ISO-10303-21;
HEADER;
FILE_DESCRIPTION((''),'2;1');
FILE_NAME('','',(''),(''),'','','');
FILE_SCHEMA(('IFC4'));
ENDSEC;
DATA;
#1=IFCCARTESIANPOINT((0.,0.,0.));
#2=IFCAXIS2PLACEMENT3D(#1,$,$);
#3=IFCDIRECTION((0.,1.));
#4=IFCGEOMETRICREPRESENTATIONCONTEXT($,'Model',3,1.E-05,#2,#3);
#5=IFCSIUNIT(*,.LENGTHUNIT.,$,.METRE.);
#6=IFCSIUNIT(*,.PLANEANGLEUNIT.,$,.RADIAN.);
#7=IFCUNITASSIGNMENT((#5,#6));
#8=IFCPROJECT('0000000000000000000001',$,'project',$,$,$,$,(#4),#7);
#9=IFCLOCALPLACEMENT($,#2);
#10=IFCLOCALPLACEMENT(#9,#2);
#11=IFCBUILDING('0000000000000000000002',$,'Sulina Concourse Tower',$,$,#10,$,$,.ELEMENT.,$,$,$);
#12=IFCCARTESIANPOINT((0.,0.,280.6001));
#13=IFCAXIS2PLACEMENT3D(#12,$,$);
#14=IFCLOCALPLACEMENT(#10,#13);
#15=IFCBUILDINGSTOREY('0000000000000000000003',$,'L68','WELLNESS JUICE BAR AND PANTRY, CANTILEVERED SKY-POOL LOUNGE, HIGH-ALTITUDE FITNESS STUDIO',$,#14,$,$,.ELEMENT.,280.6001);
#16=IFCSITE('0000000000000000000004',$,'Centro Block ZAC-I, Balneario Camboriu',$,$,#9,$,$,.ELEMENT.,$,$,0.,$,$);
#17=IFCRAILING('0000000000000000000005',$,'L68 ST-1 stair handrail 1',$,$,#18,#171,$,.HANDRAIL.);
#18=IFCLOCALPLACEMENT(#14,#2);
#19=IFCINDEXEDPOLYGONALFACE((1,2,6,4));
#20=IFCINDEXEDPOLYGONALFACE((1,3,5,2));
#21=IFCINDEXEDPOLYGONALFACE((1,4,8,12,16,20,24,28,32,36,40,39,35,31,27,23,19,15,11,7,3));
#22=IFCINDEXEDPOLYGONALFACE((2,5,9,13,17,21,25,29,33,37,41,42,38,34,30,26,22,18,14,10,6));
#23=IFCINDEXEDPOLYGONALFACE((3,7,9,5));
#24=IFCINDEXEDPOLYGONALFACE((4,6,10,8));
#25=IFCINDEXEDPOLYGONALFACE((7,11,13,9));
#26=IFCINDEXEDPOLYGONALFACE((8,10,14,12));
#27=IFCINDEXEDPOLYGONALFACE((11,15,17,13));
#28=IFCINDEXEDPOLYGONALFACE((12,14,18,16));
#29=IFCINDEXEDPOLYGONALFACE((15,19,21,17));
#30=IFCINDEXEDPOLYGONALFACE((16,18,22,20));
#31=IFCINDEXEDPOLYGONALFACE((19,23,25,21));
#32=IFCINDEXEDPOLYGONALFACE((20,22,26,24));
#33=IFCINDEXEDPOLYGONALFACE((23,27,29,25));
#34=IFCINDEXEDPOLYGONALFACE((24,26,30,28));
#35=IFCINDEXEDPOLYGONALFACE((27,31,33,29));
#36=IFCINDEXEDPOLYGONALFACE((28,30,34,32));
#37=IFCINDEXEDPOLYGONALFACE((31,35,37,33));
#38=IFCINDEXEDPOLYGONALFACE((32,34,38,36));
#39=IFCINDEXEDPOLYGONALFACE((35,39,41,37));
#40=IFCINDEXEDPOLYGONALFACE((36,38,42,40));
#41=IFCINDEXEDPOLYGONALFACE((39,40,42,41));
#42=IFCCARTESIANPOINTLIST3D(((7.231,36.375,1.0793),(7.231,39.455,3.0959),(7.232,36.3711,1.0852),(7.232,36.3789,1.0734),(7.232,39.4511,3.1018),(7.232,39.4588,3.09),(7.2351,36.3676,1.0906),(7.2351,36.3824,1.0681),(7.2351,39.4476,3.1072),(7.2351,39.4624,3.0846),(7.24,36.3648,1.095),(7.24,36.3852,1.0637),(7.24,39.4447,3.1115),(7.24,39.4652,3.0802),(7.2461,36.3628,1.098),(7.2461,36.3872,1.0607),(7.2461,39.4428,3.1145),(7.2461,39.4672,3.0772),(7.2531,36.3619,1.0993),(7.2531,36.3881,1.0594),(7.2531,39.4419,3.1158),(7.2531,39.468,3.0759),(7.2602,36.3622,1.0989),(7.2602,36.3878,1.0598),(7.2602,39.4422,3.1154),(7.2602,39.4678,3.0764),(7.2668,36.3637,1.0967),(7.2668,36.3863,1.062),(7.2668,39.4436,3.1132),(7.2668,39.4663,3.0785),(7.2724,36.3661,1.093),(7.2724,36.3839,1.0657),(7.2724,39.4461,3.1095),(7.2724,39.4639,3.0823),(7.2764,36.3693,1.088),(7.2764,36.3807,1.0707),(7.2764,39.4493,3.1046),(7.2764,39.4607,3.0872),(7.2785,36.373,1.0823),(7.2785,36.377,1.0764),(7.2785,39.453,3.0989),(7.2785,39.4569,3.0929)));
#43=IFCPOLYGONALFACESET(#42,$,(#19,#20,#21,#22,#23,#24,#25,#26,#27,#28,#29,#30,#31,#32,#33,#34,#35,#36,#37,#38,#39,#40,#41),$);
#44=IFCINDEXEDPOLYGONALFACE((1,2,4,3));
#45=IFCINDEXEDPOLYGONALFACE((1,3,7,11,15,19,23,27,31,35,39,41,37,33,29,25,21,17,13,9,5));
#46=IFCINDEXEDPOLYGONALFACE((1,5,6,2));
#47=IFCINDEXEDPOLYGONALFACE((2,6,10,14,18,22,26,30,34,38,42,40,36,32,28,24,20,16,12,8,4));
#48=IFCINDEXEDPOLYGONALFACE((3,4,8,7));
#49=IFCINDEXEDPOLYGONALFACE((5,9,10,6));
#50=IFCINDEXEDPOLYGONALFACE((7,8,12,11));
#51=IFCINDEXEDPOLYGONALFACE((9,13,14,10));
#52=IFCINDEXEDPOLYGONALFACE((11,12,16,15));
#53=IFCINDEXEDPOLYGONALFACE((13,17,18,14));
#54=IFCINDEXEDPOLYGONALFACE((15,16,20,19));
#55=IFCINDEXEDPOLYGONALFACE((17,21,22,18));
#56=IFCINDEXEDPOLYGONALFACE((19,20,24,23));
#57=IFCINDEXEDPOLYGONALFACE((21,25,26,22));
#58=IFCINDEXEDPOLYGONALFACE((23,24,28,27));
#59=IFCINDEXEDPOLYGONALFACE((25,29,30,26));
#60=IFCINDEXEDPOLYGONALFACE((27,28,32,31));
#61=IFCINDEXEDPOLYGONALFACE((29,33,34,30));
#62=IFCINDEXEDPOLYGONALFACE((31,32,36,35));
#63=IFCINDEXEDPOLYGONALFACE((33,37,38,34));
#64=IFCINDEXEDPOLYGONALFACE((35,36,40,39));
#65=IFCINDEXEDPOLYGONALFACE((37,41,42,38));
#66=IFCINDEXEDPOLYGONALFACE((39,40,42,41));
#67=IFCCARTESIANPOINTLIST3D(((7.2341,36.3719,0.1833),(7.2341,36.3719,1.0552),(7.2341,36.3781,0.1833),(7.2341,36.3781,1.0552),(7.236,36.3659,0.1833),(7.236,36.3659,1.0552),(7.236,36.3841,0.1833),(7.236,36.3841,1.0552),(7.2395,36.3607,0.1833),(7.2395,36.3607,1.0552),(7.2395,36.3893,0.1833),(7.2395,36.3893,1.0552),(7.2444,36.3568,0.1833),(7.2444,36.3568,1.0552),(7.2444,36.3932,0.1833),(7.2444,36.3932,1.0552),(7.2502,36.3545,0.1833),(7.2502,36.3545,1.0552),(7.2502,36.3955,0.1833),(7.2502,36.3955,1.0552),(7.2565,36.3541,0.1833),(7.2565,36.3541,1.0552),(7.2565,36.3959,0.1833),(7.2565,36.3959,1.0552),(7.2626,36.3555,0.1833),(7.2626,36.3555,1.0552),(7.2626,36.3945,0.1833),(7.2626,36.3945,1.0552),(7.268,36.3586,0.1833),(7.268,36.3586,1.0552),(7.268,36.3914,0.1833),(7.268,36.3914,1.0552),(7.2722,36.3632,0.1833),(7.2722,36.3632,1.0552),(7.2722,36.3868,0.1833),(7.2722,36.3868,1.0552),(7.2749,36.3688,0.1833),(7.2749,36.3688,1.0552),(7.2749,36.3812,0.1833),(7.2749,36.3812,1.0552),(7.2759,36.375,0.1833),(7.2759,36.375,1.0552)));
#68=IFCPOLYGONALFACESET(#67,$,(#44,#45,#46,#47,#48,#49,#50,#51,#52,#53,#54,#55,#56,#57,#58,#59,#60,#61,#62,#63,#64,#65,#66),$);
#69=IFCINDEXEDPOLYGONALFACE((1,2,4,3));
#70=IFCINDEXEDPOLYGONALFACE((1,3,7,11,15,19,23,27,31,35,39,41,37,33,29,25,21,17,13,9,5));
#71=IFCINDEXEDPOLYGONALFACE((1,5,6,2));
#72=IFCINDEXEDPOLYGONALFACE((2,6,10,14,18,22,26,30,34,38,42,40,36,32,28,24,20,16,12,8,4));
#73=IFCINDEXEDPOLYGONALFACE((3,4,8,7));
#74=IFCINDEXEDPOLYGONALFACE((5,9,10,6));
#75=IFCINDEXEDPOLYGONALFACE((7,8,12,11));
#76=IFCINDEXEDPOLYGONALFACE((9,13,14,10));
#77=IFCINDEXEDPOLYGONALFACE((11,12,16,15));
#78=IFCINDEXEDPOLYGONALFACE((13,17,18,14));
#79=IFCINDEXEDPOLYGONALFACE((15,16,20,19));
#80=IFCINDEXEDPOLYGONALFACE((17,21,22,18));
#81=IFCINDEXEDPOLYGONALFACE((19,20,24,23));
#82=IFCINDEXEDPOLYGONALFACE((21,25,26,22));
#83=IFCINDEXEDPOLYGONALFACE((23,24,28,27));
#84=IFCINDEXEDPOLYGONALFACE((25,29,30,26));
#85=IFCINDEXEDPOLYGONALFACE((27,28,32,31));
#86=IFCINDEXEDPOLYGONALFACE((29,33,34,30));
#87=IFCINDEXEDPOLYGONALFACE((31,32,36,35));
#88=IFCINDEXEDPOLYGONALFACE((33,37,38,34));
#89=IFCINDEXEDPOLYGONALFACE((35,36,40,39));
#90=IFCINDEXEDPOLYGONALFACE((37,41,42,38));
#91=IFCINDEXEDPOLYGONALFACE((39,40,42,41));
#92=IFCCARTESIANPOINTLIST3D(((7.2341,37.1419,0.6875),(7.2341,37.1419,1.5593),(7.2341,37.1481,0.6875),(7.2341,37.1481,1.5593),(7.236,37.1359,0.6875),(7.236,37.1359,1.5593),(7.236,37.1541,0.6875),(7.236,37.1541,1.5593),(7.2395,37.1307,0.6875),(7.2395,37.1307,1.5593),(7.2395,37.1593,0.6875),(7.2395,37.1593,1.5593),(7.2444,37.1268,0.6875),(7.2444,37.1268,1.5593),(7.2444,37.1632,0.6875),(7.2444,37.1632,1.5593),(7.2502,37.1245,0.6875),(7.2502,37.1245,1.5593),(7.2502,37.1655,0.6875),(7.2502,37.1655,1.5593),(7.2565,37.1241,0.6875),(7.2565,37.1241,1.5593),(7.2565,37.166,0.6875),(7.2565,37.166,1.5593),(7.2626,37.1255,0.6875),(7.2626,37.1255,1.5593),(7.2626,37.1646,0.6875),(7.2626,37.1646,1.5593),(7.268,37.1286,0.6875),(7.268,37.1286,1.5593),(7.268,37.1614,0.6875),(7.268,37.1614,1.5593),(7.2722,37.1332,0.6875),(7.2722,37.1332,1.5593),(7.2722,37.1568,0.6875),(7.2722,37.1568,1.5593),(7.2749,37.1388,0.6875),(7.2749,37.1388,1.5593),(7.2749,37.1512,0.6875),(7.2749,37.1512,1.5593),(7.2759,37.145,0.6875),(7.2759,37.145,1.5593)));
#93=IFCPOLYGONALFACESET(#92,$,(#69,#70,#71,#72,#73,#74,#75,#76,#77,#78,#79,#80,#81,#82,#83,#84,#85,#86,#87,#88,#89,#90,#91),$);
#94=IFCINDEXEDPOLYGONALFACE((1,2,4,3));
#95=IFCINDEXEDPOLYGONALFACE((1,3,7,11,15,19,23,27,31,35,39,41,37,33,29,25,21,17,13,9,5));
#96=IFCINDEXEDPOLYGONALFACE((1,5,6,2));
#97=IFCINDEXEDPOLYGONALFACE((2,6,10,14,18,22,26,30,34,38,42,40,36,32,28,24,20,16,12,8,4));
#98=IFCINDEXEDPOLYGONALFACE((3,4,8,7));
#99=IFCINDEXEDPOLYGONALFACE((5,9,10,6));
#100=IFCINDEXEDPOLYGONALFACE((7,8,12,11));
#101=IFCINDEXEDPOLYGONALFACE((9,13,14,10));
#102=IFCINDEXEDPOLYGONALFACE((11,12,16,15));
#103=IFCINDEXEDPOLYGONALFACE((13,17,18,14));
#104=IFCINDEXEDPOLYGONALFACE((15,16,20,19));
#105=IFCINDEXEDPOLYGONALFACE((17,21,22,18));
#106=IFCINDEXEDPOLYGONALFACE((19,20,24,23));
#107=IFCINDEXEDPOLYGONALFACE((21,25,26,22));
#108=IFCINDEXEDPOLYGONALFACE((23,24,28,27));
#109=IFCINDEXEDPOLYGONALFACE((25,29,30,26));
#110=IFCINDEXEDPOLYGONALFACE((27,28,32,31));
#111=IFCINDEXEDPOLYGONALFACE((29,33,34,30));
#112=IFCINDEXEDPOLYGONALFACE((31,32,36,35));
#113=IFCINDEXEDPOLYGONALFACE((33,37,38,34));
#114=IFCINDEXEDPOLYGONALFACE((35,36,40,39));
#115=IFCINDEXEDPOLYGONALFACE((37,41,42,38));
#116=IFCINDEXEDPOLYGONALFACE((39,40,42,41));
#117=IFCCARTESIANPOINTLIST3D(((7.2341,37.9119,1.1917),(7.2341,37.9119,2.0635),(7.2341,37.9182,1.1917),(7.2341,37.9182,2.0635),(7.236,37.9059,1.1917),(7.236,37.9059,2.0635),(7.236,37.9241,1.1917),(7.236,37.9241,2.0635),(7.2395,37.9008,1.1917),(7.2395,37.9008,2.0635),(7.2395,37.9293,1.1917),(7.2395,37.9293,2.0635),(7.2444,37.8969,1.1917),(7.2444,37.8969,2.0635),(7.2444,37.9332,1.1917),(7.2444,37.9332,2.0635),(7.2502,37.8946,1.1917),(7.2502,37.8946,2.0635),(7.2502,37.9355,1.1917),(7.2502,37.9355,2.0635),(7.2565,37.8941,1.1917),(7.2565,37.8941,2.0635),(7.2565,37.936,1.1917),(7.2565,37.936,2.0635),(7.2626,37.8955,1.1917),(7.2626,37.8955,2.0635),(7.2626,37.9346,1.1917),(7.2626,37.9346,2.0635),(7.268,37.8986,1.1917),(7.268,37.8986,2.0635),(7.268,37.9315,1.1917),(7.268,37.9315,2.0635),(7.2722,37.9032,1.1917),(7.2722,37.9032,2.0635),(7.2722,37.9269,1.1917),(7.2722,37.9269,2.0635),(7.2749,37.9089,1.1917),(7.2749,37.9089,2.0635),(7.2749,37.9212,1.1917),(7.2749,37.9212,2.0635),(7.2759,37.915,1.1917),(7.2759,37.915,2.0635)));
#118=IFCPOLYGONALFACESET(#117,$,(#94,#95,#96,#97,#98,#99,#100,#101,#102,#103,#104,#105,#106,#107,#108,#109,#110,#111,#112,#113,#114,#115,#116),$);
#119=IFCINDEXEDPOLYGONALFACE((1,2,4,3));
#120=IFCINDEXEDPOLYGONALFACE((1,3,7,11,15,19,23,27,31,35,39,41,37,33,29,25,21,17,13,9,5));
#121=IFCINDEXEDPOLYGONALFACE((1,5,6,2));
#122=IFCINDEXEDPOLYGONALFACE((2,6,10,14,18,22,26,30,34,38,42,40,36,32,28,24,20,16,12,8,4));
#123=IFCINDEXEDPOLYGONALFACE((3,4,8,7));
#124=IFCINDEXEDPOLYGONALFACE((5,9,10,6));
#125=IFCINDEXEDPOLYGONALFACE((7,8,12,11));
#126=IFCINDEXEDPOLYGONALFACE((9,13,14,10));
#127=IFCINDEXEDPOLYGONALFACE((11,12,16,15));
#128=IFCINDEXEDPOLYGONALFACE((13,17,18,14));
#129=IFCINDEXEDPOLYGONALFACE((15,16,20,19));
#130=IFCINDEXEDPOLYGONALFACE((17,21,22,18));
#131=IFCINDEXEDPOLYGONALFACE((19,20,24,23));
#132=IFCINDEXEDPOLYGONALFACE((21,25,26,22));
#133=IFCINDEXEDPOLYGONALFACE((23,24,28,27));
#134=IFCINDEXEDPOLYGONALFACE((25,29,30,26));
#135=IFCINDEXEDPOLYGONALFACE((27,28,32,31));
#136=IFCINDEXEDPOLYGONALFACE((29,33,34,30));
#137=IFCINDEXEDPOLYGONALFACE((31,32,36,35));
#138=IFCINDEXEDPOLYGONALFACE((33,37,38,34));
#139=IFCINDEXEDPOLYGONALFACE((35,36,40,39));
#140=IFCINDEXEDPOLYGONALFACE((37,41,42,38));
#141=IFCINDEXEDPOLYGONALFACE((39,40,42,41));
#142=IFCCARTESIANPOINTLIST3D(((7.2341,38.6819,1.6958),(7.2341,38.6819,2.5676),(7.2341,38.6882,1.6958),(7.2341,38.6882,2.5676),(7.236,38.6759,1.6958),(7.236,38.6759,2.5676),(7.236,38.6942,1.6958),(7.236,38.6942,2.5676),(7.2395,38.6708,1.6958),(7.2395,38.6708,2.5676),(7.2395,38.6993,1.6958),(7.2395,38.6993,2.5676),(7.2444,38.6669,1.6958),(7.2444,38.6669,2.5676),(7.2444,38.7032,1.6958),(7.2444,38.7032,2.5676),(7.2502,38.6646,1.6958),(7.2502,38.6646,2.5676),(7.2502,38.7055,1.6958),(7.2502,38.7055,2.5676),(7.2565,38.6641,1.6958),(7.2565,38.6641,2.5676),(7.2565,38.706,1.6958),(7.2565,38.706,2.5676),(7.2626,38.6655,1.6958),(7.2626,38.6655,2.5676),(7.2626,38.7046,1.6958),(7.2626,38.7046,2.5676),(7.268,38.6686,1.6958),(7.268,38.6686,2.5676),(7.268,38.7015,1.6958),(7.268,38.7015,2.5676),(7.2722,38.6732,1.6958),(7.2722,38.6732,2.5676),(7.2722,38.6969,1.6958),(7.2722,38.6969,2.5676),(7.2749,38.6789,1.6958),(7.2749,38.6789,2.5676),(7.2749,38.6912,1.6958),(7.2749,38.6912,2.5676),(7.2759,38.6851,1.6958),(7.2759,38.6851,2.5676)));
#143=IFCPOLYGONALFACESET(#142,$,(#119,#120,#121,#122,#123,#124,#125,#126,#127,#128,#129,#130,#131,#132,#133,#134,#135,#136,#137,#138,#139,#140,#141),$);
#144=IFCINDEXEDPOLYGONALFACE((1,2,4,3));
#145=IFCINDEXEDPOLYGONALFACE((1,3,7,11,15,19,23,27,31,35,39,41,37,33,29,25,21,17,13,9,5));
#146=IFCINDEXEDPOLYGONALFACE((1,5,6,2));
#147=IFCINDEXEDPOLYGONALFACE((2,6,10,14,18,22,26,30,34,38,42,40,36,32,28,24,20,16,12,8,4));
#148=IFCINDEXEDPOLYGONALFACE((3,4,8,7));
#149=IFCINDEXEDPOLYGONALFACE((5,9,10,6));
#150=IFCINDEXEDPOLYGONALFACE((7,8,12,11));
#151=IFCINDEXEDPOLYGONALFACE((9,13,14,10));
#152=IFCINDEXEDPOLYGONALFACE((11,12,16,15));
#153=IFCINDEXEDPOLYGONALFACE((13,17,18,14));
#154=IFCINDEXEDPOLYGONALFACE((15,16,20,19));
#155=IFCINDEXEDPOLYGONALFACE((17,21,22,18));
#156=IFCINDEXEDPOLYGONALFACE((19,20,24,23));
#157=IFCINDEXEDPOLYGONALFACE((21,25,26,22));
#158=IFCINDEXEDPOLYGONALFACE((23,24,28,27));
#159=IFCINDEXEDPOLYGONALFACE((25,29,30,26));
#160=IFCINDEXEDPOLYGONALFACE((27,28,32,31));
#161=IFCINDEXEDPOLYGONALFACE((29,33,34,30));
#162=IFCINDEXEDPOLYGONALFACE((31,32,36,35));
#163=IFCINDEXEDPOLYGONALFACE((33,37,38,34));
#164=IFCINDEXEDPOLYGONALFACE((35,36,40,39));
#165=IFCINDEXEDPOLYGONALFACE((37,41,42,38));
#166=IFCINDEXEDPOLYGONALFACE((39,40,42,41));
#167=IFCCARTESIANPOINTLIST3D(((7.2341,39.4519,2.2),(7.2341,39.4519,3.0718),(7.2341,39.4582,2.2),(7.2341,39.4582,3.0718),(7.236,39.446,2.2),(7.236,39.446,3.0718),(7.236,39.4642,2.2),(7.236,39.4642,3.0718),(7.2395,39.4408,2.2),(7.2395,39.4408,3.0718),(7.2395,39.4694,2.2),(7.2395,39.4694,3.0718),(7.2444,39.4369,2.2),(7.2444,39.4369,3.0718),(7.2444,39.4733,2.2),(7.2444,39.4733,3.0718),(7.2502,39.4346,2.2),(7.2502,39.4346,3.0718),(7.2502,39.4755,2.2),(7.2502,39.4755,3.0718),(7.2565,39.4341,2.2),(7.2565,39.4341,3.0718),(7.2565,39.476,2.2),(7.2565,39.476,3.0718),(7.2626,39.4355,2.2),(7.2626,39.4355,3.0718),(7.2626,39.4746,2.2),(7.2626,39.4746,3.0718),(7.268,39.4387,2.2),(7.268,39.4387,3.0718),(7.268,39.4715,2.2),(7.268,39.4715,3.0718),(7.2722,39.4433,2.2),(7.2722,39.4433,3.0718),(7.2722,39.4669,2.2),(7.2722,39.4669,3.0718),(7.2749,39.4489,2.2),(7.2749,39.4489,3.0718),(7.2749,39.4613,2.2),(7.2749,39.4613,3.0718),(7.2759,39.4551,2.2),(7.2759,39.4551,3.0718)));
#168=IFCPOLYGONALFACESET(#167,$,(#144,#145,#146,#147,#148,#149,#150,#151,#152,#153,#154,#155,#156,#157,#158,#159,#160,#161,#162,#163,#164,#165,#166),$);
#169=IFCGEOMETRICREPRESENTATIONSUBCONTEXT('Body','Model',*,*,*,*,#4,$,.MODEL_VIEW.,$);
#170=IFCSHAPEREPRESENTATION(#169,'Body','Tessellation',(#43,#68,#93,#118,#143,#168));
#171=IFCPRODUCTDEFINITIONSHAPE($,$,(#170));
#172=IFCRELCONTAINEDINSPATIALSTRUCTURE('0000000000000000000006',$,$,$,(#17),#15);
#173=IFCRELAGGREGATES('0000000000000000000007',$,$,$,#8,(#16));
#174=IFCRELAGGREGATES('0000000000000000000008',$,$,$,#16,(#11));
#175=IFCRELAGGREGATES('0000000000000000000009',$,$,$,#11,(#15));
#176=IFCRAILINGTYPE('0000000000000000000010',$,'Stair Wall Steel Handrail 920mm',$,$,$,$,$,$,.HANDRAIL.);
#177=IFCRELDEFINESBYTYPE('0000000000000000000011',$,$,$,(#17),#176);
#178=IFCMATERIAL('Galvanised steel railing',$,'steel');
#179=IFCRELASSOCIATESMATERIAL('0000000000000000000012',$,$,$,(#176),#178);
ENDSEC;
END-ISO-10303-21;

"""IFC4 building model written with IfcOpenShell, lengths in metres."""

from ifc_helpers import new_model, si_unit, direction, frame, origin, origin_2d, place, context, subcontext, project, spatial, circle, extrude, material, type_object, element, save


model = new_model("IFC4")

# Units and contexts
model_context = context("Model", 3, precision=1e-05, world=origin(), true_north=direction((0.0, 1.0)))
body_context = subcontext(model_context, "Body", "Model", "MODEL_VIEW")
ifc_project = project(units=[si_unit("LENGTHUNIT", "METRE"), si_unit("PLANEANGLEUNIT", "RADIAN")], contexts=[model_context])

# Site, building, storey
site_placement = place(None, origin())
site = spatial("IfcSite", under=ifc_project, at=site_placement, Name="Centro Block ZAC-I, Balneario Camboriu", CompositionType="ELEMENT", RefElevation=0.0)
building_placement = place(site_placement, origin())
building = spatial("IfcBuilding", under=site, at=building_placement, Name="Sulina Concourse Tower", CompositionType="ELEMENT")
storey_placement = place(building_placement, frame((0.0, 0.0, 280.6001)))
storey = spatial("IfcBuildingStorey", under=building, at=storey_placement, Name="L68", Description="WELLNESS JUICE BAR AND PANTRY, CANTILEVERED SKY-POOL LOUNGE, HIGH-ALTITUDE FITNESS STUDIO", CompositionType="ELEMENT", Elevation=280.6001)

# Railing
ifc_material_1 = material(Name="Galvanised steel railing", Category="steel")
railing_type_1 = type_object("IfcRailingType", Name="Stair Wall Steel Handrail 920mm", PredefinedType="HANDRAIL", material=ifc_material_1)
railing_1_placement = place(storey_placement, frame((7.2549, 36.375, 0.1833)))
element("IfcRailing", 1, at=railing_1_placement, inside=storey, type_object=railing_type_1, Name="L68 ST-1 stair handrail 1", PredefinedType="HANDRAIL", context=body_context, shape_type="SweptSolid", body=[
    extrude(circle(Radius=0.0239, at=origin_2d()), frame((0.0, 0.0, 0.896), z_axis=(0.0, 0.836633, 0.547764), x_axis=(-1.0, 0.0, 0.0)), (0.0, 0.0, 1.0), 3.6814),
    extrude(circle(Radius=0.021, at=origin_2d()), origin(), (0.0, 0.0, 1.0), 0.8718),
    extrude(circle(Radius=0.021, at=origin_2d()), frame((0.0, 0.77, 0.5042)), (0.0, 0.0, 1.0), 0.8718),
    extrude(circle(Radius=0.021, at=origin_2d()), frame((0.0, 1.54, 1.0083)), (0.0, 0.0, 1.0), 0.8718),
    extrude(circle(Radius=0.021, at=origin_2d()), frame((0.0, 2.3101, 1.5125)), (0.0, 0.0, 1.0), 0.8718),
    extrude(circle(Radius=0.021, at=origin_2d()), frame((0.0, 3.0801, 2.0166)), (0.0, 0.0, 1.0), 0.8718),
])

save(model, "model.ifc")
